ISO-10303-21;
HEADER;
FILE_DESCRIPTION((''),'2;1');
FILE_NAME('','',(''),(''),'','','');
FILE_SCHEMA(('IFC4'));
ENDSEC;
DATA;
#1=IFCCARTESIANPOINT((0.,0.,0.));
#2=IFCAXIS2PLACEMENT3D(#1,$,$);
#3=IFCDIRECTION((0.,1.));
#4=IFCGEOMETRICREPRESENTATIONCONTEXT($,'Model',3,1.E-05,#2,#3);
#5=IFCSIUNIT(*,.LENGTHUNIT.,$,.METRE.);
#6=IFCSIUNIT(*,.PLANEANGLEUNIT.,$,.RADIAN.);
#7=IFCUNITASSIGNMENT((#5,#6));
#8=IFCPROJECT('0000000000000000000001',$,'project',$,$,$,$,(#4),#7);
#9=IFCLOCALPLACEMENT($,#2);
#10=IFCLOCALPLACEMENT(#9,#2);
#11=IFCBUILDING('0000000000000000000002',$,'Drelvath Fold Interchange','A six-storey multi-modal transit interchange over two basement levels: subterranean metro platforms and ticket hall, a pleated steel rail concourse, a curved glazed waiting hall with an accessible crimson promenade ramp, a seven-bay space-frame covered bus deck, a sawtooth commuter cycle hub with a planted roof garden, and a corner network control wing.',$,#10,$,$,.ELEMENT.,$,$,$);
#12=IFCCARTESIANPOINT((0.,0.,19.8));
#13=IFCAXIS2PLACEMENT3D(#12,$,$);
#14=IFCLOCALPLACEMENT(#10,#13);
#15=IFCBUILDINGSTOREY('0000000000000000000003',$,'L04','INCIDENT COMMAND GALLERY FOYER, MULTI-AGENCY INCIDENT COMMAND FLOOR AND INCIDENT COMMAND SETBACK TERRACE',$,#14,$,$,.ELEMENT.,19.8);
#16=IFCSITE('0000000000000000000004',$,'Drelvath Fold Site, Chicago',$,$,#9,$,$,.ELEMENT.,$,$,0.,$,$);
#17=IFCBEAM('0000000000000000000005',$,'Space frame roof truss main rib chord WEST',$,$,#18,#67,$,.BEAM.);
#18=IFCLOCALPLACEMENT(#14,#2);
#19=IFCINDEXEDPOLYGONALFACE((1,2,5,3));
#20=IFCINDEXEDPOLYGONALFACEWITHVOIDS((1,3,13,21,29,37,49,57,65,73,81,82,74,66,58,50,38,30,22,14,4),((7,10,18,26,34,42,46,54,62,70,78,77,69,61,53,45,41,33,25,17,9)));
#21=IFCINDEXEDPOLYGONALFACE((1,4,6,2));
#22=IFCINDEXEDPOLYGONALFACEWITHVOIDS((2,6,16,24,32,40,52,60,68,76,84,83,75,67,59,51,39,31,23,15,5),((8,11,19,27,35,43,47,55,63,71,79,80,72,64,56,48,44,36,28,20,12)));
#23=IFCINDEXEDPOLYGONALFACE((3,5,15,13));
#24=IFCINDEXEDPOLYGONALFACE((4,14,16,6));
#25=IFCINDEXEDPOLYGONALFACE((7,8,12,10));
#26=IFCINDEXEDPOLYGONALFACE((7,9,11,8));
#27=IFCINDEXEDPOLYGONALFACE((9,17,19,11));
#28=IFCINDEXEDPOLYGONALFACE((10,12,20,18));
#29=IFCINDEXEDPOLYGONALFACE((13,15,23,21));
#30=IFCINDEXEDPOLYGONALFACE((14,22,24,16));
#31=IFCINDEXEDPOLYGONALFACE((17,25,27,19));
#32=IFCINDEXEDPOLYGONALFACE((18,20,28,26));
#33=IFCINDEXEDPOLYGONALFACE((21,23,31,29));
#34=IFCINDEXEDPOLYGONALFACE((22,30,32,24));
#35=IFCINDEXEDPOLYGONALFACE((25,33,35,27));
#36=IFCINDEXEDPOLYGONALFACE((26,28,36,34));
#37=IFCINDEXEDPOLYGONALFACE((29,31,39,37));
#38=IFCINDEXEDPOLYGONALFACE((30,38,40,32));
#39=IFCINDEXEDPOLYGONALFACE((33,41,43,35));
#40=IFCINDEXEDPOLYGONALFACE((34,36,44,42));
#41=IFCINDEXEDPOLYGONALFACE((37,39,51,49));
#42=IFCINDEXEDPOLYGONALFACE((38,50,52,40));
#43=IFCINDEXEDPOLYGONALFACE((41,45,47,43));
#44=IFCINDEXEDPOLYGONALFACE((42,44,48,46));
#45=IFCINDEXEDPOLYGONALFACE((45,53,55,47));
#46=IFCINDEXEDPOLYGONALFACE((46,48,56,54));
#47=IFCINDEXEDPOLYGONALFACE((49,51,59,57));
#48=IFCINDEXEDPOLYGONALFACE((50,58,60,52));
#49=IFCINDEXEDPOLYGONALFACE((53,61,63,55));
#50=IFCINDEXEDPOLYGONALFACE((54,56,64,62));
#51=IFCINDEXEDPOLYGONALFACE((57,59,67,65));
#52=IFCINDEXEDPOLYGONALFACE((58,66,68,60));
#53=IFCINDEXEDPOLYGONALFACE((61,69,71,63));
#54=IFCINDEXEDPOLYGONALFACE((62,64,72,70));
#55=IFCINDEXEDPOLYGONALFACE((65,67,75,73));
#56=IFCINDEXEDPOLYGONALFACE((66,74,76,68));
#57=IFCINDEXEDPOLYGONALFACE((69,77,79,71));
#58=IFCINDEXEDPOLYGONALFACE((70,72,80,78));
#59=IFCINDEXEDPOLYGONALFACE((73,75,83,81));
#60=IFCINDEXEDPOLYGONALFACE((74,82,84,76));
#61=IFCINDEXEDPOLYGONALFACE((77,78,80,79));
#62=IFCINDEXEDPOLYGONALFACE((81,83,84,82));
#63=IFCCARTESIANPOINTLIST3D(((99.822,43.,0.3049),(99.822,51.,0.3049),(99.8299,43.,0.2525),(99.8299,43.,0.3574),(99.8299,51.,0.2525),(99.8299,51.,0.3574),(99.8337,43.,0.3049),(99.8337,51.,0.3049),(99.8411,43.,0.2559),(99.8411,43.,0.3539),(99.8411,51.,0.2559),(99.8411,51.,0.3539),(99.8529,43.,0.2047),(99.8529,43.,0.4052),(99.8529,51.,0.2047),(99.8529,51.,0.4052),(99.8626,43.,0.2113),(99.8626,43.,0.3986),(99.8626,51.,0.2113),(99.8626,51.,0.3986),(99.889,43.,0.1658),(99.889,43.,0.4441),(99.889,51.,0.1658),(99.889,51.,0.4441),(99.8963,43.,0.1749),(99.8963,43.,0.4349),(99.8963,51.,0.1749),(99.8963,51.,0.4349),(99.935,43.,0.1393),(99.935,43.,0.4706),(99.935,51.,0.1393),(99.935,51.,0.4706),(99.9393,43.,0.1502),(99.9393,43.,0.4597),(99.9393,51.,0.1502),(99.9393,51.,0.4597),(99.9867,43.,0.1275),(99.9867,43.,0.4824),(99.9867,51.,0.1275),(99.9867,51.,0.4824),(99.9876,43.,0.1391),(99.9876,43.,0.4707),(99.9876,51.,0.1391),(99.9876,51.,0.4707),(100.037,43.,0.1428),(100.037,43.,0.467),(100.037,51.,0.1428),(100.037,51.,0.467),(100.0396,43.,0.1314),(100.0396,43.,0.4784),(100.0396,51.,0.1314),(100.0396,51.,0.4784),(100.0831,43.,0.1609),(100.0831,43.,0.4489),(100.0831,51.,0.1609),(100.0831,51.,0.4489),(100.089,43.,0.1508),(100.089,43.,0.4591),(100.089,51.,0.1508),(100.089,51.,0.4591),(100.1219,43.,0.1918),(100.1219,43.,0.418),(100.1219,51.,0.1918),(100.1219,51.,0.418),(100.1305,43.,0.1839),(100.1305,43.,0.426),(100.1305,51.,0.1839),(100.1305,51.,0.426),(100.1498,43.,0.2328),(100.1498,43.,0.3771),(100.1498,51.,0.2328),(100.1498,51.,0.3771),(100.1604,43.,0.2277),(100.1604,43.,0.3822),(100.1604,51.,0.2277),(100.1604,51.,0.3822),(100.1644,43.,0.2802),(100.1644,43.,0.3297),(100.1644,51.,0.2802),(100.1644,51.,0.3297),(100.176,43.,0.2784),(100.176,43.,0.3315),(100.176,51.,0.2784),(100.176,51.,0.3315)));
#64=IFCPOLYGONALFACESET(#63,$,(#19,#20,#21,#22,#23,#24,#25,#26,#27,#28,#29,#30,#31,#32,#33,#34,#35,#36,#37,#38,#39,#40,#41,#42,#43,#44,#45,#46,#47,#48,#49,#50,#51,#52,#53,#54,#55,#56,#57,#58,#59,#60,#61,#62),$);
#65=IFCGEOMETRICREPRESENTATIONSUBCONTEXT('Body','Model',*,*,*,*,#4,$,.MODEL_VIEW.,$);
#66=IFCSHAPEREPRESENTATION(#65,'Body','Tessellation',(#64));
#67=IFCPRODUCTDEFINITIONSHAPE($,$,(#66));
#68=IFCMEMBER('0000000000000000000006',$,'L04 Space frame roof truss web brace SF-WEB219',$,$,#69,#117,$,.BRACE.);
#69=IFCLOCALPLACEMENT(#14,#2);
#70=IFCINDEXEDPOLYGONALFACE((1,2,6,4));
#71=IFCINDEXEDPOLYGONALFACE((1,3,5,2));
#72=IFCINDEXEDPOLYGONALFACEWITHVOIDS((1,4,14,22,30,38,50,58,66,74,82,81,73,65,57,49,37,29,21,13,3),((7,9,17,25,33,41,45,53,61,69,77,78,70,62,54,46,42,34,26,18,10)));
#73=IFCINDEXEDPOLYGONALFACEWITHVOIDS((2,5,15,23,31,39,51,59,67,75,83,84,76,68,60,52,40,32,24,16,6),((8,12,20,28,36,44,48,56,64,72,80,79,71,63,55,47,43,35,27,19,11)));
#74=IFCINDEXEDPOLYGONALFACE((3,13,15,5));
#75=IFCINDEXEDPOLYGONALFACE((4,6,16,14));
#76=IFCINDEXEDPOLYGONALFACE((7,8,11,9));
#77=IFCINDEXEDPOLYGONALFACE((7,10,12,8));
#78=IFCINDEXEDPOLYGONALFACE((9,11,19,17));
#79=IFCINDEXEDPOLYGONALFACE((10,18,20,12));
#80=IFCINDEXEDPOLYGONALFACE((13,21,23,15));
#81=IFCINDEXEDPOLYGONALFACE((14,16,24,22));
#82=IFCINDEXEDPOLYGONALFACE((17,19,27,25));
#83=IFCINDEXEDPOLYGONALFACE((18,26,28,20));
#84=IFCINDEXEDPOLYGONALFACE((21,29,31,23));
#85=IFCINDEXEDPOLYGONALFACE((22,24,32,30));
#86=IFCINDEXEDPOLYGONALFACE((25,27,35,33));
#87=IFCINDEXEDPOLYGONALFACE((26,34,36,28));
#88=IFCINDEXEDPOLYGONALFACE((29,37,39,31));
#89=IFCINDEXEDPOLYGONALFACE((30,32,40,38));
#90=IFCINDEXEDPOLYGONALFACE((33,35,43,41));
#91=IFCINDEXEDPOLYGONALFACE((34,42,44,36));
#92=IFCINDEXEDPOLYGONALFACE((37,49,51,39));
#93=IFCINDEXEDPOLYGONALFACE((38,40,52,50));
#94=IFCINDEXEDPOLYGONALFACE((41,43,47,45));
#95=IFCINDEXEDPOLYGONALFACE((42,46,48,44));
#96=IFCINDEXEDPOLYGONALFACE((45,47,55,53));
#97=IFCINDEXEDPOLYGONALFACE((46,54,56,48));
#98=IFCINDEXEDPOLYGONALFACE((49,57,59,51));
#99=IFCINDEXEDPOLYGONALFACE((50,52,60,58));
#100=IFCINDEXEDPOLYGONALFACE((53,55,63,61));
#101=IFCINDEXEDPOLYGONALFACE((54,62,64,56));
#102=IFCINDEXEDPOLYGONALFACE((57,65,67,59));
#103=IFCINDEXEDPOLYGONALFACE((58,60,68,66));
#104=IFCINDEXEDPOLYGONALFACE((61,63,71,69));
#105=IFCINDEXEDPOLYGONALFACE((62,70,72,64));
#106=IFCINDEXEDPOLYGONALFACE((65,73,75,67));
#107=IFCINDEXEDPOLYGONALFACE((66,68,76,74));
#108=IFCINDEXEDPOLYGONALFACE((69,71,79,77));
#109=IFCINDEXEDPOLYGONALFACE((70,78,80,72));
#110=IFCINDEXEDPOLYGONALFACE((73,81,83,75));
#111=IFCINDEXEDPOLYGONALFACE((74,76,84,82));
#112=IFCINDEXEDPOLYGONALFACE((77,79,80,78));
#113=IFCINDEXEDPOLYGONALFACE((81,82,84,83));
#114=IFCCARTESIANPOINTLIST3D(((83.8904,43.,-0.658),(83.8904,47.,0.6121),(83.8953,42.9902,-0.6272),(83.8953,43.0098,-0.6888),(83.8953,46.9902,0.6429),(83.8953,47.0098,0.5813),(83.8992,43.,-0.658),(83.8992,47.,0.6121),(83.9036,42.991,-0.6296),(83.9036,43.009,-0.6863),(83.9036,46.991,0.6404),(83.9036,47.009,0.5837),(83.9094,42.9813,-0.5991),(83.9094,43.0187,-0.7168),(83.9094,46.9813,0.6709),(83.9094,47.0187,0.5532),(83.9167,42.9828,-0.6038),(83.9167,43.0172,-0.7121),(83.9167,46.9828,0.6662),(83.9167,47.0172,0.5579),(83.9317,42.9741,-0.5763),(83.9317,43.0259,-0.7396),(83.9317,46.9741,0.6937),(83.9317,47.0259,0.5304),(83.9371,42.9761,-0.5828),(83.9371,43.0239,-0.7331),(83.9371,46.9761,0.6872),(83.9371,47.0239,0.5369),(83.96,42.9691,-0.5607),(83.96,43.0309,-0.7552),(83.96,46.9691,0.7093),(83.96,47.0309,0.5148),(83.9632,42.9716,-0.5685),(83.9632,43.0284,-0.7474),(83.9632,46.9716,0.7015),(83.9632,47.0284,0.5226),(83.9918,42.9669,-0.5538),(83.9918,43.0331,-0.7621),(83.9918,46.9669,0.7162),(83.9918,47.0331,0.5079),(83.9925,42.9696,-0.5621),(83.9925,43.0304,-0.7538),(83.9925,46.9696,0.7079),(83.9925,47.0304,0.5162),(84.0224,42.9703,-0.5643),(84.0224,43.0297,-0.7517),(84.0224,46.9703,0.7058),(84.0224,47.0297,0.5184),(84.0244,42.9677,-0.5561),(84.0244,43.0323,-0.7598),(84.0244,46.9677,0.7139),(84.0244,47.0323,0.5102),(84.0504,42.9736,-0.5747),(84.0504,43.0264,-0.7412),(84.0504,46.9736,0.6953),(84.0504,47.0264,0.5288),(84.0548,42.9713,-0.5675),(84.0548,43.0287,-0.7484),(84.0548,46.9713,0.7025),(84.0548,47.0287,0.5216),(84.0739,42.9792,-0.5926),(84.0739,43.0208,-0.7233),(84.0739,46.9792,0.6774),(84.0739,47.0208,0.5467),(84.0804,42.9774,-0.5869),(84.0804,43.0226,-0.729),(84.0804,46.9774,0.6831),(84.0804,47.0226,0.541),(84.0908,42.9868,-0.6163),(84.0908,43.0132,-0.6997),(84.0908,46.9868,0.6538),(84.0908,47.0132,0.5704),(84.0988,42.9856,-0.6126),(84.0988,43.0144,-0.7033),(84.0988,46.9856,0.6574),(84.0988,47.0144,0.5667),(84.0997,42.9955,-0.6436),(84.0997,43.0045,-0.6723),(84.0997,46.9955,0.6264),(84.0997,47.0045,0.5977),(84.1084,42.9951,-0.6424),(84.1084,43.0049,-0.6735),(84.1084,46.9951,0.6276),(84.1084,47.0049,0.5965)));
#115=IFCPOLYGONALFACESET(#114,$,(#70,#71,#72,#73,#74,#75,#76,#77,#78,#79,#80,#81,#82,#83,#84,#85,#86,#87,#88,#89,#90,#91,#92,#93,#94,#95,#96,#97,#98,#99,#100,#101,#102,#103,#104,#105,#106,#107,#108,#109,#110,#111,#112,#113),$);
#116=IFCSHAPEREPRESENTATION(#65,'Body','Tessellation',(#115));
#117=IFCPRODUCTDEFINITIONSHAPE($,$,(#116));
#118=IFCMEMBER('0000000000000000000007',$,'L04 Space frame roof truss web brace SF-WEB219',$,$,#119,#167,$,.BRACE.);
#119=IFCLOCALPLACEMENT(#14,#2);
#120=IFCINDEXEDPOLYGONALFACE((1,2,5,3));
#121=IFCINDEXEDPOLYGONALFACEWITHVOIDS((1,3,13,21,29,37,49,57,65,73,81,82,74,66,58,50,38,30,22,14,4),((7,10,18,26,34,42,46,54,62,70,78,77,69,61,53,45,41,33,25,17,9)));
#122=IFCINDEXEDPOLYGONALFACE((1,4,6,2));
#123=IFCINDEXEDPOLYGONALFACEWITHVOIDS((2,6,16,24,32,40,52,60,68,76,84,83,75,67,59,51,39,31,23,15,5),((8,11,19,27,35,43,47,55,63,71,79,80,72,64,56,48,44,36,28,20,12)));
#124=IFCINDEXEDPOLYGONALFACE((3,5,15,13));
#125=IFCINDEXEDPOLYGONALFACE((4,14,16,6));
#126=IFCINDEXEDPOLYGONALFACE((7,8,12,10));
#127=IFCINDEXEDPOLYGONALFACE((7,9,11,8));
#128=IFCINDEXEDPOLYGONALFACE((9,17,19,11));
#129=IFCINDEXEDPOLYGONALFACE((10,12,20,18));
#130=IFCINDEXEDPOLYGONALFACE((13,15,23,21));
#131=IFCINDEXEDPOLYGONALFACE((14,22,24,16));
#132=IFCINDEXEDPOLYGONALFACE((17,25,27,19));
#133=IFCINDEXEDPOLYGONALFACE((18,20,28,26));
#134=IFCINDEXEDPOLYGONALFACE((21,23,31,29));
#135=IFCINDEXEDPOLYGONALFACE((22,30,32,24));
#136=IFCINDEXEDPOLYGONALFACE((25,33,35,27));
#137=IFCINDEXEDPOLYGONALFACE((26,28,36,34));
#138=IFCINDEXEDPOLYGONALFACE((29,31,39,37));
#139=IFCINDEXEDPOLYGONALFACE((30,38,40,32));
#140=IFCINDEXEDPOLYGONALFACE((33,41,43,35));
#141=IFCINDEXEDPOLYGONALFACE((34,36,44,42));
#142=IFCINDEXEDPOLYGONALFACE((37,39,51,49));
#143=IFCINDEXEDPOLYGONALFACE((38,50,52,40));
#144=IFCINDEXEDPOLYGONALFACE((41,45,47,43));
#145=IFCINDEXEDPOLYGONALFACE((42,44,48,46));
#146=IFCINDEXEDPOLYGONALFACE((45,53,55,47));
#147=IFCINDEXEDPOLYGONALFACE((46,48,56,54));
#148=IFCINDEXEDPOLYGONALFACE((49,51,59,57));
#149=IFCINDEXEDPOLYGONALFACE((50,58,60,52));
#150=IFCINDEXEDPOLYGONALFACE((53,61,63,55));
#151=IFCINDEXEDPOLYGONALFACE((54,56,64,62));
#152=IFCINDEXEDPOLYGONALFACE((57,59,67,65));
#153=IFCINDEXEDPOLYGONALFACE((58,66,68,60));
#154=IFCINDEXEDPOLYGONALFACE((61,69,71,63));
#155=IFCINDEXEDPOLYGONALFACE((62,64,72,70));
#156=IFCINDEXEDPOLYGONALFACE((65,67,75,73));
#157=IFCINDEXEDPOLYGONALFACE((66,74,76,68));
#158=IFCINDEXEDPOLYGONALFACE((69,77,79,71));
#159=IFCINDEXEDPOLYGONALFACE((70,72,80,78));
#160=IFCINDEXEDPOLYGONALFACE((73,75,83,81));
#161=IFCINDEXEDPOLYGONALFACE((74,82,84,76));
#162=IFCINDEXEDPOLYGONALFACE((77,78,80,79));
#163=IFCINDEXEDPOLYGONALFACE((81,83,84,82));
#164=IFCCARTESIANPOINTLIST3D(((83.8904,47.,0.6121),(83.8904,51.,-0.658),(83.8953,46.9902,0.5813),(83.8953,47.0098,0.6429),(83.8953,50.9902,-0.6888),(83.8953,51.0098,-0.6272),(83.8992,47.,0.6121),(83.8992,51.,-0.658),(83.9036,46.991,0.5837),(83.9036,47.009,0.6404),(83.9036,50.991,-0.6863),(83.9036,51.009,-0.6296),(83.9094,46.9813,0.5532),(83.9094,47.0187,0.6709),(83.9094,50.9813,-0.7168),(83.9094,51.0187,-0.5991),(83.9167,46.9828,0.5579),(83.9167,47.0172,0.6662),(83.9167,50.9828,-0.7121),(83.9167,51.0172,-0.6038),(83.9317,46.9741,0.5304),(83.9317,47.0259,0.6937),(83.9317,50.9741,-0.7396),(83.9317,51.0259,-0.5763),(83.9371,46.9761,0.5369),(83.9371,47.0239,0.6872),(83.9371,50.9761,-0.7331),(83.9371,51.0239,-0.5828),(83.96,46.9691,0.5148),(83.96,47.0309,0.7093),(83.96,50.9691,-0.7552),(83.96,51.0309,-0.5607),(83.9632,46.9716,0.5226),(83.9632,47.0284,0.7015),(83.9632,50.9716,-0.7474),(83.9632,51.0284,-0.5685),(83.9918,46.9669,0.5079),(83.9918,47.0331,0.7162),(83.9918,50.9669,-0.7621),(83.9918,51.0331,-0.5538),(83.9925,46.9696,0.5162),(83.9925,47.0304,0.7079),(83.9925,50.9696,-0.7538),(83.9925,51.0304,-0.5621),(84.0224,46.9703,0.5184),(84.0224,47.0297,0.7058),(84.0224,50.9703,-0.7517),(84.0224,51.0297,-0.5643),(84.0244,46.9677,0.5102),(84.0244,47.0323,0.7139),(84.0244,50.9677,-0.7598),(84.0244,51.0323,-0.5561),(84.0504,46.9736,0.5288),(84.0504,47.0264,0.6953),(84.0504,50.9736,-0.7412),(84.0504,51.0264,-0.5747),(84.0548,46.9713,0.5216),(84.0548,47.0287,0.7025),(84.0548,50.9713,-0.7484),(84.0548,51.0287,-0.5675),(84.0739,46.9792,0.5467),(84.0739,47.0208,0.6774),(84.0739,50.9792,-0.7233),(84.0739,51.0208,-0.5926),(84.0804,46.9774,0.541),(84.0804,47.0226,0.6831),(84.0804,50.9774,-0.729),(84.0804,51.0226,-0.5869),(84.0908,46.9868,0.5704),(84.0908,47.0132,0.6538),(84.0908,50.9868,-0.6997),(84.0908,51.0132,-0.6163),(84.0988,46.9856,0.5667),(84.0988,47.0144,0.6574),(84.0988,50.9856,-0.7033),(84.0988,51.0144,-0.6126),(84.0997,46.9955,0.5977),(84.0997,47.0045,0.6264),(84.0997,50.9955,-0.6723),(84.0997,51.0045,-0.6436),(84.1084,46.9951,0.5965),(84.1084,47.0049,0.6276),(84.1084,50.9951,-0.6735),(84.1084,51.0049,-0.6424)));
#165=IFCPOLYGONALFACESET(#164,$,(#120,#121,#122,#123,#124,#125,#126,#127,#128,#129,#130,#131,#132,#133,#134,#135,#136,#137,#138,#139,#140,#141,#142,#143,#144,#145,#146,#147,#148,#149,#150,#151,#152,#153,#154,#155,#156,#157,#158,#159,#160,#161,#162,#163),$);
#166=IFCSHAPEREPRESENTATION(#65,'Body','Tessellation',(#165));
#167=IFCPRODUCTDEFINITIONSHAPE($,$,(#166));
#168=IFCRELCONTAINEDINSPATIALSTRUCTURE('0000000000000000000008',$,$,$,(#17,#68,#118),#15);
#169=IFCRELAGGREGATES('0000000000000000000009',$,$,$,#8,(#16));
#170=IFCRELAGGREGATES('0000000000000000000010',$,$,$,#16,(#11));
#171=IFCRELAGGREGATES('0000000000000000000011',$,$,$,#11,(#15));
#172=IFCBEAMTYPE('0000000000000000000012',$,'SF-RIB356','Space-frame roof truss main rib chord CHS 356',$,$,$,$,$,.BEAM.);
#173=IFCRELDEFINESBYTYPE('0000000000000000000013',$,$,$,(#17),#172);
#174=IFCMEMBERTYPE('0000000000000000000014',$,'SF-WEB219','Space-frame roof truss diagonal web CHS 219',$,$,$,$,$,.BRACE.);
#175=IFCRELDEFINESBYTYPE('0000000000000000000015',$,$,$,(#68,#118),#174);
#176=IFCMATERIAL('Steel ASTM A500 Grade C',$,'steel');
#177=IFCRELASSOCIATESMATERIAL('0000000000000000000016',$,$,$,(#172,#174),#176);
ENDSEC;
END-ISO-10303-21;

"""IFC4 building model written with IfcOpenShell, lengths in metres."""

from ifc_helpers import new_model, si_unit, direction, frame, origin, origin_2d, place, context, subcontext, project, spatial, hollow_circle, extrude, material, material_profile, profile_set, type_object, element, save


model = new_model("IFC4")

# Units and contexts
model_context = context("Model", 3, precision=1e-05, world=origin(), true_north=direction((0.0, 1.0)))
body_context = subcontext(model_context, "Body", "Model", "MODEL_VIEW")
ifc_project = project(units=[si_unit("LENGTHUNIT", "METRE"), si_unit("PLANEANGLEUNIT", "RADIAN")], contexts=[model_context])

# Site, building, storey
site_placement = place(None, origin())
site = spatial("IfcSite", under=ifc_project, at=site_placement, Name="Drelvath Fold Site, Chicago", CompositionType="ELEMENT", RefElevation=0.0)
building_placement = place(site_placement, origin())
building = spatial("IfcBuilding", under=site, at=building_placement, Name="Drelvath Fold Interchange", Description="A six-storey multi-modal transit interchange over two basement levels: subterranean metro platforms and ticket hall, a pleated steel rail concourse, a curved glazed waiting hall with an accessible crimson promenade ramp, a seven-bay space-frame covered bus deck, a sawtooth commuter cycle hub with a planted roof garden, and a corner network control wing.", CompositionType="ELEMENT")
storey_placement = place(building_placement, frame((0.0, 0.0, 19.8)))
storey = spatial("IfcBuildingStorey", under=building, at=storey_placement, Name="L04", Description="INCIDENT COMMAND GALLERY FOYER, MULTI-AGENCY INCIDENT COMMAND FLOOR AND INCIDENT COMMAND SETBACK TERRACE", CompositionType="ELEMENT", Elevation=19.8)

# Shared definitions
ifc_material_1 = material(Name="Steel ASTM A500 Grade C", Category="steel")

# Beam
ifc_material_profile_1 = material_profile(ifc_material_1, hollow_circle(Radius=0.178, WallThickness=0.0117, at=origin_2d()), Name="HSS14.000X0.500")
ifc_profile_set_1 = profile_set([ifc_material_profile_1], Name="Steel ASTM A500 Grade C")
beam_type = type_object("IfcBeamType", Name="SF-RIB356", Description="Space-frame roof truss main rib chord CHS 356", PredefinedType="BEAM", material=ifc_profile_set_1)
beam_placement = place(storey_placement, frame((100.0, 43.0, 0.3049), z_axis=(0.0, 1.0, 0.0), x_axis=(-1.0, 0.0, 0.0)))
element("IfcBeam", 1, at=beam_placement, inside=storey, type_object=beam_type, Name="Space frame roof truss main rib chord WEST", PredefinedType="BEAM", context=body_context, shape_type="SweptSolid", body=[
    extrude(hollow_circle(Radius=0.178, WallThickness=0.0117, at=origin_2d()), origin(), (0.0, 0.0, 1.0), 8.0),
])

# Members
ifc_material_profile_2 = material_profile(ifc_material_1, hollow_circle(Radius=0.1096, WallThickness=0.0088, at=origin_2d()), Name="HSS8.625X0.375")
ifc_profile_set_2 = profile_set([ifc_material_profile_2], Name="Steel ASTM A500 Grade C")
member_type_1 = type_object("IfcMemberType", Name="SF-WEB219", Description="Space-frame roof truss diagonal web CHS 219", PredefinedType="BRACE", material=ifc_profile_set_2)
for number, where, z_axis, x_axis, name in (
    (2, (84.0, 43.0, -0.658), (0.0, 0.953112, 0.302618), (-1.0, 0.0, 0.0), "L04 Space frame roof truss web brace SF-WEB219"),
    (3, (84.0, 47.0, 0.6121), (0.0, 0.953112, -0.302618), (-1.0, 0.0, 0.0), "L04 Space frame roof truss web brace SF-WEB219"),
):
    element("IfcMember", number, at=place(storey_placement, frame(where, z_axis=z_axis, x_axis=x_axis)), inside=storey, type_object=member_type_1, Name=name, PredefinedType="BRACE", context=body_context, shape_type="SweptSolid", body=[
        extrude(hollow_circle(Radius=0.1096, WallThickness=0.0088, at=origin_2d()), origin(), (0.0, 0.0, 1.0), 4.1968),
    ])

save(model, "model.ifc")
